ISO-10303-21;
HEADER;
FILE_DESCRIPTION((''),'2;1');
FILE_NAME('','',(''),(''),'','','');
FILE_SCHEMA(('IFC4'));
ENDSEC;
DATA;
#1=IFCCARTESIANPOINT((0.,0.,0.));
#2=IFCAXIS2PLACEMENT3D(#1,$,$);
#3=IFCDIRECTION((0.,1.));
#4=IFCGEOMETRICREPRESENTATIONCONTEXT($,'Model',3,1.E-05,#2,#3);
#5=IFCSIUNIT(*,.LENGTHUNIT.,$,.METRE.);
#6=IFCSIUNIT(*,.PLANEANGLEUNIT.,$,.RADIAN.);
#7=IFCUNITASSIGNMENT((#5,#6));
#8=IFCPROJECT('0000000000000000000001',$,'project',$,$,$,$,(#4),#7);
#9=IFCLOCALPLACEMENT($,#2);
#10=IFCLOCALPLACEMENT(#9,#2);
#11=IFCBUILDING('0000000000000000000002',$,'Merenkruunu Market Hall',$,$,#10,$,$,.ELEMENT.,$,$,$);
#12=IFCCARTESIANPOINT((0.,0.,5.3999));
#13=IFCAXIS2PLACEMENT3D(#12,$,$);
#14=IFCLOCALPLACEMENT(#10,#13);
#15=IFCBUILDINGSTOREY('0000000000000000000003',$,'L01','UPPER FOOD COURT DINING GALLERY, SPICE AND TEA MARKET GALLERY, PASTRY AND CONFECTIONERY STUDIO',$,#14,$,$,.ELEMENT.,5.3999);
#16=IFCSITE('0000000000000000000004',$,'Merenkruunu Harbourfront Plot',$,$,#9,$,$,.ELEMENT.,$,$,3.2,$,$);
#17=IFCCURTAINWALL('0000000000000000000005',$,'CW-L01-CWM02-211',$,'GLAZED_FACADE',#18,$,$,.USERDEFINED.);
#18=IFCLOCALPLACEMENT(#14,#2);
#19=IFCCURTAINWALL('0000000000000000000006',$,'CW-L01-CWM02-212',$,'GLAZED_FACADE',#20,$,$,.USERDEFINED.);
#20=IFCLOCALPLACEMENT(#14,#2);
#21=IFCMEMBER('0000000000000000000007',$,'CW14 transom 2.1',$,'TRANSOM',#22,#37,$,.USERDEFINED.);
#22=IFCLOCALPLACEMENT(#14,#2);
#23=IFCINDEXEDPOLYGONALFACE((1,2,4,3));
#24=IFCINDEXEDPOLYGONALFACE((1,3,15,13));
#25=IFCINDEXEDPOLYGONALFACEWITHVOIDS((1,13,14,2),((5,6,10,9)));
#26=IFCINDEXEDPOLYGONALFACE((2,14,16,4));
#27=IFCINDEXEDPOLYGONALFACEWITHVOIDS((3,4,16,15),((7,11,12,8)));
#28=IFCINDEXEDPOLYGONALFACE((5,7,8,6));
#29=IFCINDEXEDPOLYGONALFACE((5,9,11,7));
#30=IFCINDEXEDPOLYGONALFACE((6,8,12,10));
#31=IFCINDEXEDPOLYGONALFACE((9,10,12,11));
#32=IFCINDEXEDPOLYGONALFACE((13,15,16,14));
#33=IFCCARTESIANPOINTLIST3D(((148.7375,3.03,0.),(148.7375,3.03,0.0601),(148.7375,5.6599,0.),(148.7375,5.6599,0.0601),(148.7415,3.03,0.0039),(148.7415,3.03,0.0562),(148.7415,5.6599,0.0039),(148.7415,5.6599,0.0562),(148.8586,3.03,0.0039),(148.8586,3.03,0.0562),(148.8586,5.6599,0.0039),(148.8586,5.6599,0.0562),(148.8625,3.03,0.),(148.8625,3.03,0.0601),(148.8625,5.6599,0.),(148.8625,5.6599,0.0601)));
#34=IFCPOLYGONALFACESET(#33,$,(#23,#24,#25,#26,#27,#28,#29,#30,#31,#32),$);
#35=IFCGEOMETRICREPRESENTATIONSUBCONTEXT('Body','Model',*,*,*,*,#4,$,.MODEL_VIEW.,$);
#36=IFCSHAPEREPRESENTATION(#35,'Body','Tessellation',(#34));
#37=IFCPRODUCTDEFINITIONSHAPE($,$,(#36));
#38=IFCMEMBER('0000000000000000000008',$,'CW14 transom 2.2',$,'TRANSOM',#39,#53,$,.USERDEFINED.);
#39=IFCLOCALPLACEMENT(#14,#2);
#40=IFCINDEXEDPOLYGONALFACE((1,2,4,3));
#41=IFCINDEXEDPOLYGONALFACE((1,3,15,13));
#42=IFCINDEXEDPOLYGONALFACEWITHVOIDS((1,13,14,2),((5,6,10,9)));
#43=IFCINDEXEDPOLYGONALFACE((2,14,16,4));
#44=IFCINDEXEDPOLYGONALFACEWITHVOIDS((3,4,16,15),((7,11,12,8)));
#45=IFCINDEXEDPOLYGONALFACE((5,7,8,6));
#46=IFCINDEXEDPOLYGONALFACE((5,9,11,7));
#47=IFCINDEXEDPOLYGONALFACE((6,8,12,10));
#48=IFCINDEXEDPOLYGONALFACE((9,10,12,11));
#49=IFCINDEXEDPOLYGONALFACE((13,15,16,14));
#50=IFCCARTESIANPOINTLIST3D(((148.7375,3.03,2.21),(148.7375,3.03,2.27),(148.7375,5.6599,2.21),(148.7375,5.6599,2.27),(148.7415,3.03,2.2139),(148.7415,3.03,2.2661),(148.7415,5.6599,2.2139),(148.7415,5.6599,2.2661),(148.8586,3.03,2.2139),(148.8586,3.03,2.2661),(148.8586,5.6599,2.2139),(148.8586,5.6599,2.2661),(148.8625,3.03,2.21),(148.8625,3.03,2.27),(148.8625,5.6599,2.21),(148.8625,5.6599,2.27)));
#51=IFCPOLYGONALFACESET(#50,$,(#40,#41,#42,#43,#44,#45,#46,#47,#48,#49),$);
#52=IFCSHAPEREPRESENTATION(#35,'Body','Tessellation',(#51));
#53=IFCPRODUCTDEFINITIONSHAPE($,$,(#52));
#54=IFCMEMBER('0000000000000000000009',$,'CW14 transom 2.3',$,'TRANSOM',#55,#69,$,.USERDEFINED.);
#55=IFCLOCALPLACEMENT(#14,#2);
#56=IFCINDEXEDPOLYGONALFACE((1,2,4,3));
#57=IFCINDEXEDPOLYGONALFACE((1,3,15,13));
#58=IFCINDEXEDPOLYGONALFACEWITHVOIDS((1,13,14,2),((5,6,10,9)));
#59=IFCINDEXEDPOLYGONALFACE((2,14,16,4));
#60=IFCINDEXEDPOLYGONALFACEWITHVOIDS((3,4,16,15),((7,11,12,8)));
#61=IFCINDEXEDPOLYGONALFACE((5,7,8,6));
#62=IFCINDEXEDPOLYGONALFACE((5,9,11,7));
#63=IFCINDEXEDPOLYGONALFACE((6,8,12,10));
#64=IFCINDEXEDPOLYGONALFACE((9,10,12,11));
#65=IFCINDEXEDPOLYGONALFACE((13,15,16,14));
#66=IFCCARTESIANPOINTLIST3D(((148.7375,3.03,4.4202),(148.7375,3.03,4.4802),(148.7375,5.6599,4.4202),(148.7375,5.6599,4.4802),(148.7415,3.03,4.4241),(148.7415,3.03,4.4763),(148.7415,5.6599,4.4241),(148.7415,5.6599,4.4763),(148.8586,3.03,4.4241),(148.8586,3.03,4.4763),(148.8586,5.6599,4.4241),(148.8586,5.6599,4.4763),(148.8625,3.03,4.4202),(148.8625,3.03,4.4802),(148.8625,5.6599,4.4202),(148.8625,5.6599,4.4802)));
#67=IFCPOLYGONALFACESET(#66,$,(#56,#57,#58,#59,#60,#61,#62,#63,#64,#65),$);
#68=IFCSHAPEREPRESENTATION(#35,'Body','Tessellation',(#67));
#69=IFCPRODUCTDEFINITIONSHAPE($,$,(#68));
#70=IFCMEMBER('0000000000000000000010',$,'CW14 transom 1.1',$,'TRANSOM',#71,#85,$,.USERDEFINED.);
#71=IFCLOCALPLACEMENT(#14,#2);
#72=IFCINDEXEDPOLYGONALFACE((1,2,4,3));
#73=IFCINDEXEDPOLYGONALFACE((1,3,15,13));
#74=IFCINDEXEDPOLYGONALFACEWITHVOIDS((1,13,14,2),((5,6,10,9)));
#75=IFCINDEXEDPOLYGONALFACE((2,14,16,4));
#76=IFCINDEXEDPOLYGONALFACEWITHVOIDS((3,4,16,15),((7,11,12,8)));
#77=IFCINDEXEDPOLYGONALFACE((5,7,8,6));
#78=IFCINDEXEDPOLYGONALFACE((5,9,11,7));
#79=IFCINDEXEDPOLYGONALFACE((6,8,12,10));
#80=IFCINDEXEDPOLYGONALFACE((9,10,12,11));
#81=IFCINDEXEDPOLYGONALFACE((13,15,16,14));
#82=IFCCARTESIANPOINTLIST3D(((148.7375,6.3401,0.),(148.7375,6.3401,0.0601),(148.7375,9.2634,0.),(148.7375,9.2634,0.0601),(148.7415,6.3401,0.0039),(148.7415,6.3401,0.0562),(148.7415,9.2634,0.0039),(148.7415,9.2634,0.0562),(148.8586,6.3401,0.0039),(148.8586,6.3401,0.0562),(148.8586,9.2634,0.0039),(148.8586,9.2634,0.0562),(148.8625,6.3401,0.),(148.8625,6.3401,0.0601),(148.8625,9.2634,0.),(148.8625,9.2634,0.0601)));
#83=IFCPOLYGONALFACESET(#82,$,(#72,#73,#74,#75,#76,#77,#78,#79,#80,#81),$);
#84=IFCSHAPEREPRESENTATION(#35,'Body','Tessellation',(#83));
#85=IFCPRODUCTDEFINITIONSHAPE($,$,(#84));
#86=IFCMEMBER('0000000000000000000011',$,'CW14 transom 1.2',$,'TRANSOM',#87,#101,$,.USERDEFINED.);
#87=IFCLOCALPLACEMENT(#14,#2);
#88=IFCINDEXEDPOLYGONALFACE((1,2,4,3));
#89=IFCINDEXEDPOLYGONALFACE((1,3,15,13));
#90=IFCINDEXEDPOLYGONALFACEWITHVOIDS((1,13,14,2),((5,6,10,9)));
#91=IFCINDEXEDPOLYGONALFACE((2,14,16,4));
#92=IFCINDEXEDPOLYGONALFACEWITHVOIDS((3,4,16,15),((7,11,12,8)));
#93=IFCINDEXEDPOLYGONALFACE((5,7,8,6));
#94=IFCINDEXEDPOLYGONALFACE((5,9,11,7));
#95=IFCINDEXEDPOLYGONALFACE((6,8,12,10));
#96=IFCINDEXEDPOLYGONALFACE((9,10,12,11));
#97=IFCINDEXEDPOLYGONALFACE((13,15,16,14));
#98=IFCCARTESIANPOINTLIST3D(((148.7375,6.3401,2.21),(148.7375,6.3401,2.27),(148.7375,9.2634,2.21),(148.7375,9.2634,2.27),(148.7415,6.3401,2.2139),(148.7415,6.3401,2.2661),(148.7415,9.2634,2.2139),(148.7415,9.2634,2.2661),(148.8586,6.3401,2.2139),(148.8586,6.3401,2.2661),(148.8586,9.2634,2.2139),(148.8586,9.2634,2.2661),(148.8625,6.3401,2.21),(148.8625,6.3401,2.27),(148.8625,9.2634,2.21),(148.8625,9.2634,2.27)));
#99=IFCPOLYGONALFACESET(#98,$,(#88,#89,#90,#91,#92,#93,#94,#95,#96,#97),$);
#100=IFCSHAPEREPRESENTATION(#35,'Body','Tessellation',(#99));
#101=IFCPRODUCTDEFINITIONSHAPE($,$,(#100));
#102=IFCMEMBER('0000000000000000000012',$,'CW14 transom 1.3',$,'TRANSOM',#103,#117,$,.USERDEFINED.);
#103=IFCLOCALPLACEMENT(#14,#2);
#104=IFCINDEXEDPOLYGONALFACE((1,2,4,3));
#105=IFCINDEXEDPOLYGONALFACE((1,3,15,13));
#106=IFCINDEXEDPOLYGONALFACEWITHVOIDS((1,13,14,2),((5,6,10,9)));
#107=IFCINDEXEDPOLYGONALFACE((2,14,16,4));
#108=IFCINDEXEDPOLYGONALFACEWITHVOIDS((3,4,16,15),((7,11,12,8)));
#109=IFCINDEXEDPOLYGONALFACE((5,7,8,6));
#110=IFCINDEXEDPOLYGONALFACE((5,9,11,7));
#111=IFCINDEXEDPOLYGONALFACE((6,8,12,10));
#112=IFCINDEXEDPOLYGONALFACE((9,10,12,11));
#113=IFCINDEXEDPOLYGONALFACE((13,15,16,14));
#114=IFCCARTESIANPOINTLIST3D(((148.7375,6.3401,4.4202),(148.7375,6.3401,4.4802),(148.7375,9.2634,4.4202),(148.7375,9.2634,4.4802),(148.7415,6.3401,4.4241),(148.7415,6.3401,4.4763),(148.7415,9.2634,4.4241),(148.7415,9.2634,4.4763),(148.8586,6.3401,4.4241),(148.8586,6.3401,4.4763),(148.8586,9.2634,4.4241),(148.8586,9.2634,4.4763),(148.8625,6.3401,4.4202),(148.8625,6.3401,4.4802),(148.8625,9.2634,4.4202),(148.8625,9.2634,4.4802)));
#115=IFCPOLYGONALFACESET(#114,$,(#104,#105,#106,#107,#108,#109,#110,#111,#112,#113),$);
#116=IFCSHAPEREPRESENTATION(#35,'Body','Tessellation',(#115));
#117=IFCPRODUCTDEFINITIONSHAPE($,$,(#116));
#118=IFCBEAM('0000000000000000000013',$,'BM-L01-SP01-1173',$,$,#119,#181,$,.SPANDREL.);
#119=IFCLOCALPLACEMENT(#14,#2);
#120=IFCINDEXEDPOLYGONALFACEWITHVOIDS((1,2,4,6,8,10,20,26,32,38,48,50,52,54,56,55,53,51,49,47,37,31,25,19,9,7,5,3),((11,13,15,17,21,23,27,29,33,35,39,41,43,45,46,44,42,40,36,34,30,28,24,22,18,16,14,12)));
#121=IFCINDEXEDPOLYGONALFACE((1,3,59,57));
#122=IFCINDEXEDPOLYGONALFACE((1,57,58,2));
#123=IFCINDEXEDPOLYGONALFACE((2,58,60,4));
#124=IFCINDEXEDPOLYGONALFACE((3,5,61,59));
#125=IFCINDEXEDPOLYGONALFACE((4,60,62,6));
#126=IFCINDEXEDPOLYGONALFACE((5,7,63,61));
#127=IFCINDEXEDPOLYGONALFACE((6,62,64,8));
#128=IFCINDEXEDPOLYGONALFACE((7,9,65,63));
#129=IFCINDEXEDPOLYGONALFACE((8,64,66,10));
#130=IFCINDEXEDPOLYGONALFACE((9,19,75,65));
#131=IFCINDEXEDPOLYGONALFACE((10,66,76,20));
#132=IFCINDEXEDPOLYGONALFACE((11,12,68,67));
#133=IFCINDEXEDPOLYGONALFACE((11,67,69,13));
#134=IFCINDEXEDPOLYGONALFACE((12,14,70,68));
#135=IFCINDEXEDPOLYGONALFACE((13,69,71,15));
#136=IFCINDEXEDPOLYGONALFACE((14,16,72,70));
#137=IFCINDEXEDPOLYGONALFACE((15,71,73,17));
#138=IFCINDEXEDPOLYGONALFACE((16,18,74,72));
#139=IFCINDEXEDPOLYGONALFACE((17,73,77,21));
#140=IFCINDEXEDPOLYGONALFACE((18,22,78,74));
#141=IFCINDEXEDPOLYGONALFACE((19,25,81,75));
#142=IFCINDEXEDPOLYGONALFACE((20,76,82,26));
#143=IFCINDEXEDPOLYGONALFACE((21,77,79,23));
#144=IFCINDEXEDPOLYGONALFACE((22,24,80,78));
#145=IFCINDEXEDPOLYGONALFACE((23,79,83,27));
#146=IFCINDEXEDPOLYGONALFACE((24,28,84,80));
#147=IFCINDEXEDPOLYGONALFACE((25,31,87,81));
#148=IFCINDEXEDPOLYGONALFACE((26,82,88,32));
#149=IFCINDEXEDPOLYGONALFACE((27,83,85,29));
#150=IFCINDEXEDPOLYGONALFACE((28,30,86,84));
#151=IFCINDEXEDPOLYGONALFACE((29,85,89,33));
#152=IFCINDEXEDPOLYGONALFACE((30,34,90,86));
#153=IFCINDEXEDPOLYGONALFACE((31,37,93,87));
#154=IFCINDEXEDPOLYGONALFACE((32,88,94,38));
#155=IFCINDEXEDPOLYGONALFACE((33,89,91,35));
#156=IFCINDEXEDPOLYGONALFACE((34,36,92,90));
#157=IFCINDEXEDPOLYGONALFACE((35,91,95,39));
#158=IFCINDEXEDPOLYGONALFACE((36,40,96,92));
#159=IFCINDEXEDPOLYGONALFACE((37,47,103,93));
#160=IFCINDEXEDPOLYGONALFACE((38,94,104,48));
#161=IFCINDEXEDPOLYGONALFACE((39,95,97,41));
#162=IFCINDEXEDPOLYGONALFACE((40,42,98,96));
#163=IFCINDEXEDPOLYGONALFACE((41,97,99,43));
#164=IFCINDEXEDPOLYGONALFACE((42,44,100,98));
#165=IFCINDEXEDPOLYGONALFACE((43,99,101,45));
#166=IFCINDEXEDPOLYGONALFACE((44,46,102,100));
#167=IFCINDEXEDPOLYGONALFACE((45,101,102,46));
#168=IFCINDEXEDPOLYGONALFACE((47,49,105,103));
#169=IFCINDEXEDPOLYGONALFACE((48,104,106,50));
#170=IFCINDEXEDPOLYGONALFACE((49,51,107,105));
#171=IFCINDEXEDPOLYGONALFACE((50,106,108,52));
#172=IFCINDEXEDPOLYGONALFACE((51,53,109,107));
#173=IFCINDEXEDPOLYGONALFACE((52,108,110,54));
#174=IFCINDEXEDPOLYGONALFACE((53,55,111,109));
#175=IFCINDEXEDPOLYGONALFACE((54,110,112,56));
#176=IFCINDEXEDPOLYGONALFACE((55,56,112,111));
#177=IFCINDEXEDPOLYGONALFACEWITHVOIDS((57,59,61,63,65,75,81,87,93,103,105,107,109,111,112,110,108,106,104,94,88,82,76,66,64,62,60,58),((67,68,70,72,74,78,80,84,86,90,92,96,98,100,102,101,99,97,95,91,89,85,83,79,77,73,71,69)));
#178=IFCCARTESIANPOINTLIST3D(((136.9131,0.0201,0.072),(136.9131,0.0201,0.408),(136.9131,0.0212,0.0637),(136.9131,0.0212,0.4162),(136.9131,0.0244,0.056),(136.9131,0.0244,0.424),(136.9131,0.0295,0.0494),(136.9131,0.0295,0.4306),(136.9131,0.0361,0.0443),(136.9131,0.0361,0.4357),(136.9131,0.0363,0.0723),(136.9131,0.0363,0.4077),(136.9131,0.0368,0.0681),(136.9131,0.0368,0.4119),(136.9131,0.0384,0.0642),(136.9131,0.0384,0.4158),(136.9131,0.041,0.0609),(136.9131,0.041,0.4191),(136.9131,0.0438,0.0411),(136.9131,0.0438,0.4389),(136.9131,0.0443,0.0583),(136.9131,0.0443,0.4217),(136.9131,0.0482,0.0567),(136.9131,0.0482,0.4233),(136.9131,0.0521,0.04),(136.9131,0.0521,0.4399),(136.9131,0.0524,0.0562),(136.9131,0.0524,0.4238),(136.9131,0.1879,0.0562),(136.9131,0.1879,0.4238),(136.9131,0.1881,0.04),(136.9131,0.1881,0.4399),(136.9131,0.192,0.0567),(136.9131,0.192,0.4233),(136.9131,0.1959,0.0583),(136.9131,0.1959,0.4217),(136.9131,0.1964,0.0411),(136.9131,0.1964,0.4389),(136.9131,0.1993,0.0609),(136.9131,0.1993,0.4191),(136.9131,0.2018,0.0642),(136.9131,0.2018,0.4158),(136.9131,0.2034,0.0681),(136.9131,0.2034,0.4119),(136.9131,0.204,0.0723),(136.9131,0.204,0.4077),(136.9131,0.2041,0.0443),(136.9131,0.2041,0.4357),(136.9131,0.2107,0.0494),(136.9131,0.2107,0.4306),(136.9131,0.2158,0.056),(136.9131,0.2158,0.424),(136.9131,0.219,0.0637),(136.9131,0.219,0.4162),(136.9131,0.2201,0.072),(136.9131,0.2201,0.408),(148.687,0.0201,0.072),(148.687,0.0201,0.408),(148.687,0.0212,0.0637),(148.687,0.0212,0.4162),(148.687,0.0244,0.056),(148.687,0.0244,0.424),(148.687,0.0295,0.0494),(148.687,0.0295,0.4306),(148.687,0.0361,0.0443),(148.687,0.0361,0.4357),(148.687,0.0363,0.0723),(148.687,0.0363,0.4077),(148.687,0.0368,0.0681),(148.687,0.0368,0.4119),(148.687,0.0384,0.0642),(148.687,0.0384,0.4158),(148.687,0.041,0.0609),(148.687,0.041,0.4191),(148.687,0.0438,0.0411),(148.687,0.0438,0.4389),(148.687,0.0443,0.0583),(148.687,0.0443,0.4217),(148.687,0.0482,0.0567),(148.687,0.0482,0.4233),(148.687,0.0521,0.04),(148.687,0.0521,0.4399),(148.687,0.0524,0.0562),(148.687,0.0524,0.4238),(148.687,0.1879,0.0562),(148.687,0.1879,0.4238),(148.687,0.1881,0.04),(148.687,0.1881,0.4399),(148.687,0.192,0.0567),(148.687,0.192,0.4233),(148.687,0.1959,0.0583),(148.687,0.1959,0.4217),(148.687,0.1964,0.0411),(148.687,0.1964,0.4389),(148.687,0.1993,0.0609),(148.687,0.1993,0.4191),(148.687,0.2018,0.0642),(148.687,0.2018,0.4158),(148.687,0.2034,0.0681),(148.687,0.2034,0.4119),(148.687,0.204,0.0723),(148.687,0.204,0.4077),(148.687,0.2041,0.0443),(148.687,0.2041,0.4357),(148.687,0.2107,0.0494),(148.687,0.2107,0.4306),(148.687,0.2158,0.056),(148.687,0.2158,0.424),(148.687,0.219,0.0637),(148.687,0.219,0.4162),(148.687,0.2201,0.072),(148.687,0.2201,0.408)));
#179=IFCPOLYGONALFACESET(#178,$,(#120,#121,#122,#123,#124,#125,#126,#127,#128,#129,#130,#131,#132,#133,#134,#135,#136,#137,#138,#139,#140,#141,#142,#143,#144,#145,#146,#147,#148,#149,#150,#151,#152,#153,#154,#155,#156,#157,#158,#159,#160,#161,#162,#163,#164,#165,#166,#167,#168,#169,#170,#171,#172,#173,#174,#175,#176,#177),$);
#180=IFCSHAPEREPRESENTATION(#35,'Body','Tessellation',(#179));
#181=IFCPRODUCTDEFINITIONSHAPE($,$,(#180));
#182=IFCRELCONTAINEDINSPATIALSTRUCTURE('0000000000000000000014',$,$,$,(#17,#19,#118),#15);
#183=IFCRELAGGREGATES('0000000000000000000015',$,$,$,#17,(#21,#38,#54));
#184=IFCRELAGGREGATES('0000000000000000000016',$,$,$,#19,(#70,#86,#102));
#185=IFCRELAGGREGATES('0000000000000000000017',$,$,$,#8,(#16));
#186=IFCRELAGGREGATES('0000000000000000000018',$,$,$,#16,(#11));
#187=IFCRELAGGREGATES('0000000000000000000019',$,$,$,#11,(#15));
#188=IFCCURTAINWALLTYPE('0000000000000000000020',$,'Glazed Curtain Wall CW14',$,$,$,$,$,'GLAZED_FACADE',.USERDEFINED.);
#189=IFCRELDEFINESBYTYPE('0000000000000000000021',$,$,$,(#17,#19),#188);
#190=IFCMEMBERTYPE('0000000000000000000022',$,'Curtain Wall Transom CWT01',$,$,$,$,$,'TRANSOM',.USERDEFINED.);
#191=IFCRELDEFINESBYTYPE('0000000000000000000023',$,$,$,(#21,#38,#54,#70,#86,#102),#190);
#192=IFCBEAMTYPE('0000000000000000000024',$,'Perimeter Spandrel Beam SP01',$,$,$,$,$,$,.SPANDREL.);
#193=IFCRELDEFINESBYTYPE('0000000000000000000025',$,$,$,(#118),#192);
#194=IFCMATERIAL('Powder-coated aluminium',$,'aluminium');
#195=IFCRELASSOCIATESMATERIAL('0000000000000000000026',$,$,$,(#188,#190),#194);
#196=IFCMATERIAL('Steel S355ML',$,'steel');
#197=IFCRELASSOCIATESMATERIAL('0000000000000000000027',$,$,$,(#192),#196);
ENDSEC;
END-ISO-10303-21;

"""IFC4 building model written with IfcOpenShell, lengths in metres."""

from ifc_helpers import new_model, si_unit, direction, frame, origin, origin_2d, place, context, subcontext, project, spatial, hollow_rectangle, extrude, material, material_profile, profile_set, type_object, element, aggregate, save


model = new_model("IFC4")

# Units and contexts
model_context = context("Model", 3, precision=1e-05, world=origin(), true_north=direction((0.0, 1.0)))
body_context = subcontext(model_context, "Body", "Model", "MODEL_VIEW")
ifc_project = project(units=[si_unit("LENGTHUNIT", "METRE"), si_unit("PLANEANGLEUNIT", "RADIAN")], contexts=[model_context])

# Site, building, storey
site_placement = place(None, origin())
site = spatial("IfcSite", under=ifc_project, at=site_placement, Name="Merenkruunu Harbourfront Plot", CompositionType="ELEMENT", RefElevation=3.2)
building_placement = place(site_placement, origin())
building = spatial("IfcBuilding", under=site, at=building_placement, Name="Merenkruunu Market Hall", CompositionType="ELEMENT")
storey_placement = place(building_placement, frame((0.0, 0.0, 5.3999)))
storey = spatial("IfcBuildingStorey", under=building, at=storey_placement, Name="L01", Description="UPPER FOOD COURT DINING GALLERY, SPICE AND TEA MARKET GALLERY, PASTRY AND CONFECTIONERY STUDIO", CompositionType="ELEMENT", Elevation=5.3999)

# Curtain wall
ifc_material_1 = material(Name="Powder-coated aluminium", Category="aluminium")
curtain_wall_type = type_object("IfcCurtainWallType", Name="Glazed Curtain Wall CW14", ElementType="GLAZED_FACADE", PredefinedType="USERDEFINED", material=ifc_material_1)
curtain_wall_1_placement = place(storey_placement, origin())
curtain_wall_1 = element("IfcCurtainWall", 1, at=curtain_wall_1_placement, inside=storey, type_object=curtain_wall_type, Name="CW-L01-CWM02-211", ObjectType="GLAZED_FACADE", PredefinedType="USERDEFINED")

# Curtain wall
curtain_wall_2_placement = place(storey_placement, origin())
curtain_wall_2 = element("IfcCurtainWall", 2, at=curtain_wall_2_placement, inside=storey, type_object=curtain_wall_type, Name="CW-L01-CWM02-212", ObjectType="GLAZED_FACADE", PredefinedType="USERDEFINED")

# Members
ifc_material_profile_1 = material_profile(ifc_material_1, hollow_rectangle(XDim=0.0601, YDim=0.125, WallThickness=0.0039, at=origin_2d()), Name="ALU 60x125x4")
ifc_profile_set_1 = profile_set([ifc_material_profile_1], Name="Powder-coated aluminium")
member_type_1 = type_object("IfcMemberType", Name="Curtain Wall Transom CWT01", ElementType="TRANSOM", PredefinedType="USERDEFINED", material=ifc_profile_set_1)
member_1_placement = place(storey_placement, frame((148.8, 3.03, 0.03), z_axis=(0.0, 1.0, 0.0), x_axis=(0.0, 0.0, 1.0)))
member_1 = element("IfcMember", 3, at=member_1_placement, type_object=member_type_1, Name="CW14 transom 2.1", ObjectType="TRANSOM", PredefinedType="USERDEFINED", context=body_context, shape_type="SweptSolid", body=[
    extrude(hollow_rectangle(XDim=0.0601, YDim=0.125, WallThickness=0.0039, at=origin_2d()), origin(), (0.0, 0.0, 1.0), 2.6299),
])
member_2_placement = place(storey_placement, frame((148.8, 3.03, 2.24), z_axis=(0.0, 1.0, 0.0), x_axis=(0.0, 0.0, 1.0)))
member_2 = element("IfcMember", 4, at=member_2_placement, type_object=member_type_1, Name="CW14 transom 2.2", ObjectType="TRANSOM", PredefinedType="USERDEFINED", context=body_context, shape_type="SweptSolid", body=[
    extrude(hollow_rectangle(XDim=0.0601, YDim=0.125, WallThickness=0.0039, at=origin_2d()), origin(), (0.0, 0.0, 1.0), 2.6299),
])
member_3_placement = place(storey_placement, frame((148.8, 3.03, 4.4502), z_axis=(0.0, 1.0, 0.0), x_axis=(0.0, 0.0, 1.0)))
member_3 = element("IfcMember", 5, at=member_3_placement, type_object=member_type_1, Name="CW14 transom 2.3", ObjectType="TRANSOM", PredefinedType="USERDEFINED", context=body_context, shape_type="SweptSolid", body=[
    extrude(hollow_rectangle(XDim=0.0601, YDim=0.125, WallThickness=0.0039, at=origin_2d()), origin(), (0.0, 0.0, 1.0), 2.6299),
])
member_4_placement = place(storey_placement, frame((148.8, 6.3401, 0.03), z_axis=(0.0, 1.0, 0.0), x_axis=(0.0, 0.0, 1.0)))
member_4 = element("IfcMember", 6, at=member_4_placement, type_object=member_type_1, Name="CW14 transom 1.1", ObjectType="TRANSOM", PredefinedType="USERDEFINED", context=body_context, shape_type="SweptSolid", body=[
    extrude(hollow_rectangle(XDim=0.0601, YDim=0.125, WallThickness=0.0039, at=origin_2d()), origin(), (0.0, 0.0, 1.0), 2.9233),
])
member_5_placement = place(storey_placement, frame((148.8, 6.3401, 2.24), z_axis=(0.0, 1.0, 0.0), x_axis=(0.0, 0.0, 1.0)))
member_5 = element("IfcMember", 7, at=member_5_placement, type_object=member_type_1, Name="CW14 transom 1.2", ObjectType="TRANSOM", PredefinedType="USERDEFINED", context=body_context, shape_type="SweptSolid", body=[
    extrude(hollow_rectangle(XDim=0.0601, YDim=0.125, WallThickness=0.0039, at=origin_2d()), origin(), (0.0, 0.0, 1.0), 2.9233),
])
member_6_placement = place(storey_placement, frame((148.8, 6.3401, 4.4502), z_axis=(0.0, 1.0, 0.0), x_axis=(0.0, 0.0, 1.0)))
member_6 = element("IfcMember", 8, at=member_6_placement, type_object=member_type_1, Name="CW14 transom 1.3", ObjectType="TRANSOM", PredefinedType="USERDEFINED", context=body_context, shape_type="SweptSolid", body=[
    extrude(hollow_rectangle(XDim=0.0601, YDim=0.125, WallThickness=0.0039, at=origin_2d()), origin(), (0.0, 0.0, 1.0), 2.9233),
])

# Beam
ifc_material_2 = material(Name="Steel S355ML", Category="steel")
ifc_material_profile_2 = material_profile(ifc_material_2, hollow_rectangle(XDim=0.2, YDim=0.3999, WallThickness=0.0161, InnerFilletRadius=0.0161, OuterFilletRadius=0.032, at=origin_2d()), Name="RHS 400x200x16")
ifc_profile_set_2 = profile_set([ifc_material_profile_2], Name="Steel S355ML")
beam_type_1 = type_object("IfcBeamType", Name="Perimeter Spandrel Beam SP01", PredefinedType="SPANDREL", material=ifc_profile_set_2)
beam_1_placement = place(storey_placement, frame((136.9131, 0.1201, 0.24), z_axis=(1.0, 0.0, 0.0), x_axis=(0.0, 1.0, 0.0)))
element("IfcBeam", 9, at=beam_1_placement, inside=storey, type_object=beam_type_1, Name="BM-L01-SP01-1173", PredefinedType="SPANDREL", context=body_context, shape_type="SweptSolid", body=[
    extrude(hollow_rectangle(XDim=0.2, YDim=0.3999, WallThickness=0.0161, InnerFilletRadius=0.0161, OuterFilletRadius=0.032, at=origin_2d()), origin(), (0.0, 0.0, 1.0), 11.7739),
])

aggregate(curtain_wall_1, [member_1, member_2, member_3])
aggregate(curtain_wall_2, [member_4, member_5, member_6])

save(model, "model.ifc")
